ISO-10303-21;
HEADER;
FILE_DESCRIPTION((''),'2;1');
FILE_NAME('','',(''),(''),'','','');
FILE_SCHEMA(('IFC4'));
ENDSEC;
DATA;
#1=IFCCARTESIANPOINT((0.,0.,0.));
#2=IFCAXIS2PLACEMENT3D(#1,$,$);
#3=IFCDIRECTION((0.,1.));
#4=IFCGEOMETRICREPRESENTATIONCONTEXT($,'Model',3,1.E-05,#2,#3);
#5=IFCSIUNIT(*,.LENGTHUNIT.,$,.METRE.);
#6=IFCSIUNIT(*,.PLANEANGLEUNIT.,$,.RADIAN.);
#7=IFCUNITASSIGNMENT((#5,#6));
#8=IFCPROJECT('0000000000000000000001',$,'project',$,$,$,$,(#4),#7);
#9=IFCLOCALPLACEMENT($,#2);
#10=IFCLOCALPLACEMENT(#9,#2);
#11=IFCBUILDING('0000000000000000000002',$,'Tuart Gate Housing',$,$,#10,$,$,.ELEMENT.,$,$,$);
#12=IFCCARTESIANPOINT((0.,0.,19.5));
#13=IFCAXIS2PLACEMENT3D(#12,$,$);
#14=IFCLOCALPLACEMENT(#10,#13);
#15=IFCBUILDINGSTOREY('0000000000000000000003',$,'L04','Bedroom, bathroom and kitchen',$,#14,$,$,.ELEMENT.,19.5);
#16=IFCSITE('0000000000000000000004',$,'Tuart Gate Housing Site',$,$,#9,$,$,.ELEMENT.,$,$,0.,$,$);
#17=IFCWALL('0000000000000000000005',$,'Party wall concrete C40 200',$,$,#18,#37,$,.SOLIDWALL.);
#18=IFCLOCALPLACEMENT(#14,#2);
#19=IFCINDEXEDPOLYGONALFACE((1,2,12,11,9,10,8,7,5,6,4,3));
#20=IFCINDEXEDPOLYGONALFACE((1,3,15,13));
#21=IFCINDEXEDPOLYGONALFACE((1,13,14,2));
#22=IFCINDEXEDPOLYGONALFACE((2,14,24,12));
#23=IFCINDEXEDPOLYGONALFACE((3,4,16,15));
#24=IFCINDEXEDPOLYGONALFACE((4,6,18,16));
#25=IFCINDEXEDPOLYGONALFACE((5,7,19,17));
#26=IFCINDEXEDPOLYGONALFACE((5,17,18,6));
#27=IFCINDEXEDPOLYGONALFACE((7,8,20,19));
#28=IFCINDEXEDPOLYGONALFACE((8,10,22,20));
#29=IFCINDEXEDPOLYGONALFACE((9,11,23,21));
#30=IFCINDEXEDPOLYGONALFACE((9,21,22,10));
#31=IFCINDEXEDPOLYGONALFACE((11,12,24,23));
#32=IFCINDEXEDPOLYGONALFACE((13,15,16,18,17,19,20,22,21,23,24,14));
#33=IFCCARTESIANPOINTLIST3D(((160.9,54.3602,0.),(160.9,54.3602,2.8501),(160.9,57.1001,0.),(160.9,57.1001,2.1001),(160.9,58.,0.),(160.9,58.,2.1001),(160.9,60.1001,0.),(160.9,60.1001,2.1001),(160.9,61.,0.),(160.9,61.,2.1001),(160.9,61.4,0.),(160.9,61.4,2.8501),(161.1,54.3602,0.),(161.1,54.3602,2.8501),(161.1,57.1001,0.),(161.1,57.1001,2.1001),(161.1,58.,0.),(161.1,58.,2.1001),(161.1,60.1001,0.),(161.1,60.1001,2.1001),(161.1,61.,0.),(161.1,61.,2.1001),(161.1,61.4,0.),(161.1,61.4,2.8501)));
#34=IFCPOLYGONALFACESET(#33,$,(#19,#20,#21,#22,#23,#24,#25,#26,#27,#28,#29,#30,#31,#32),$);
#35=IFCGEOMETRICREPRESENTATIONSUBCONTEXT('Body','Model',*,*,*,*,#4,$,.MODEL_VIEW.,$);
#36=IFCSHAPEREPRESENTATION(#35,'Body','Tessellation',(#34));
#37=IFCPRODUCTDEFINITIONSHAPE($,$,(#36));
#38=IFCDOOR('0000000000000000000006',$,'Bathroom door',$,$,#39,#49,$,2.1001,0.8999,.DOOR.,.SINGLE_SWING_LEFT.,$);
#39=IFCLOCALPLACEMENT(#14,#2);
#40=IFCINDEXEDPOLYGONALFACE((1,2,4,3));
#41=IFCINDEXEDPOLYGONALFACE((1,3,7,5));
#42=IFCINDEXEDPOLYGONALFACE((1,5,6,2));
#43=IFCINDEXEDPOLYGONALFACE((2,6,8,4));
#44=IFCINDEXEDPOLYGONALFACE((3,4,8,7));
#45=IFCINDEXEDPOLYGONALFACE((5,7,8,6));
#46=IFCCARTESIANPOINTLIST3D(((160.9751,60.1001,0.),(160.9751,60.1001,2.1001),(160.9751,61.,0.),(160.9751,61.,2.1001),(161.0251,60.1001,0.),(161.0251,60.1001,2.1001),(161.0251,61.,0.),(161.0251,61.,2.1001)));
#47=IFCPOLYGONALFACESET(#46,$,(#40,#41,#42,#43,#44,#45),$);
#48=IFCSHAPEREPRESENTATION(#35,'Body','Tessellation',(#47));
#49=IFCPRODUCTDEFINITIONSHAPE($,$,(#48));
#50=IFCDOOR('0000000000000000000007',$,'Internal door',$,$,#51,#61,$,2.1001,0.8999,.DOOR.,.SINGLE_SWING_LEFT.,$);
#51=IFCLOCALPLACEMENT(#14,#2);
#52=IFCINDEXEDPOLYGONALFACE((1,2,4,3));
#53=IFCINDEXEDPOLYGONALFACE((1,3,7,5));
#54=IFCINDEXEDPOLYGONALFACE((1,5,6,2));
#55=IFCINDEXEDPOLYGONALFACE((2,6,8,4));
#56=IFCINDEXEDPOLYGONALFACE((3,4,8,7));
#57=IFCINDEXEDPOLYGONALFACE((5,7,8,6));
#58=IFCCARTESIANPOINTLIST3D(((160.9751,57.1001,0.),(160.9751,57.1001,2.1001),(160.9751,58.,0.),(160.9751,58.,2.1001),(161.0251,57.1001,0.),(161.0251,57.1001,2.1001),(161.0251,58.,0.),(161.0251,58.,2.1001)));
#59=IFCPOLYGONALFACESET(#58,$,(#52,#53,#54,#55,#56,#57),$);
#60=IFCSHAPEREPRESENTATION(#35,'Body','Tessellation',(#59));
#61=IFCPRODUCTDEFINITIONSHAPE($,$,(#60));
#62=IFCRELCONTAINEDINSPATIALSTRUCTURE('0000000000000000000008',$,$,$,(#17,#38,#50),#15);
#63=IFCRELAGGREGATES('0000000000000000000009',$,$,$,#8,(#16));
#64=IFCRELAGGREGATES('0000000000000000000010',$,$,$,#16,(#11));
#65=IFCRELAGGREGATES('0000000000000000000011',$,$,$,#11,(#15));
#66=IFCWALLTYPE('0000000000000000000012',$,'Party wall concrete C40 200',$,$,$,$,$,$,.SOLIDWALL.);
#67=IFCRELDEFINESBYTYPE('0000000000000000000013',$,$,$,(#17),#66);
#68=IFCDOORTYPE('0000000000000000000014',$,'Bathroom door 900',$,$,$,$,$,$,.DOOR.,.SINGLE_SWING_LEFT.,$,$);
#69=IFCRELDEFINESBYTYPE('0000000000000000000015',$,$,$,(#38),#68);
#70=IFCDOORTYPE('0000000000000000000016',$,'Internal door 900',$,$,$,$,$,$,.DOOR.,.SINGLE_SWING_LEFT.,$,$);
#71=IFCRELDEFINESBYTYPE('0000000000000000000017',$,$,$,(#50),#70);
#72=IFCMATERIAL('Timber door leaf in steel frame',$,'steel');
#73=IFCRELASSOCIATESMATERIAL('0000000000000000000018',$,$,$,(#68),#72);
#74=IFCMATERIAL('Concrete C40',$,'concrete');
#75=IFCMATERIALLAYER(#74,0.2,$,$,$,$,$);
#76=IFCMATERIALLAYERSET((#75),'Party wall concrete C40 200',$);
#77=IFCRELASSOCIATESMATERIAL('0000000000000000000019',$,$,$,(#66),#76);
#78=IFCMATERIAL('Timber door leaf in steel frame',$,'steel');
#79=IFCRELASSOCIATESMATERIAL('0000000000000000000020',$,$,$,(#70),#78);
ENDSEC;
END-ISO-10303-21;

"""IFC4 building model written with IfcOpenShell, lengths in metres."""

from ifc_helpers import new_model, si_unit, direction, frame, frame_2d, origin, place, context, subcontext, project, spatial, rectangle, extrude, material, layer, layer_set, type_object, element, fill, save


model = new_model("IFC4")

# Units and contexts
model_context = context("Model", 3, precision=1e-05, world=origin(), true_north=direction((0.0, 1.0)))
body_context = subcontext(model_context, "Body", "Model", "MODEL_VIEW")
ifc_project = project(units=[si_unit("LENGTHUNIT", "METRE"), si_unit("PLANEANGLEUNIT", "RADIAN")], contexts=[model_context])

# Site, building, storey
site_placement = place(None, origin())
site = spatial("IfcSite", under=ifc_project, at=site_placement, Name="Tuart Gate Housing Site", CompositionType="ELEMENT", RefElevation=0.0)
building_placement = place(site_placement, origin())
building = spatial("IfcBuilding", under=site, at=building_placement, Name="Tuart Gate Housing", CompositionType="ELEMENT")
storey_placement = place(building_placement, frame((0.0, 0.0, 19.5)))
storey = spatial("IfcBuildingStorey", under=building, at=storey_placement, Name="L04", Description="Bedroom, bathroom and kitchen", CompositionType="ELEMENT", Elevation=19.5)

# Shared definitions
ifc_material_1 = material(Name="Timber door leaf in steel frame", Category="steel")
door_type_1 = type_object("IfcDoorType", Name="Bathroom door 900", OperationType="SINGLE_SWING_LEFT", PredefinedType="DOOR", material=ifc_material_1)

# Shared definitions
ifc_material_2 = material(Name="Concrete C40", Category="concrete")
ifc_layer_1 = layer(ifc_material_2, 0.2)
ifc_layer_set_1 = layer_set([ifc_layer_1], Name="Party wall concrete C40 200")
wall_type_1 = type_object("IfcWallType", Name="Party wall concrete C40 200", PredefinedType="SOLIDWALL", material=ifc_layer_set_1)

# Wall, openings, doors
wall_1_placement = place(storey_placement, frame((161.0, 54.3601, 0.0), z_axis=(0.0, 0.0, 1.0), x_axis=(0.0, 1.0, 0.0)))
wall_1 = element("IfcWall", 1, at=wall_1_placement, inside=storey, type_object=wall_type_1, Name="Party wall concrete C40 200", PredefinedType="SOLIDWALL", context=body_context, shape_type="SweptSolid", body=[
    extrude(rectangle(XDim=7.0398, YDim=0.2, at=frame_2d((3.52, 0.0))), origin(), (0.0, 0.0, 1.0), 2.8501),
])
opening_1_placement = place(wall_1_placement, frame((2.74, 0.0, 0.0)))
opening_1 = element("IfcOpeningElement", 2, at=opening_1_placement, cuts=wall_1, PredefinedType="OPENING", context=body_context, shape_type="SweptSolid", body=[
    extrude(rectangle(XDim=0.8999, YDim=2.1001, at=frame_2d((0.45, 1.05))), frame((0.0, 0.1099, 0.0), z_axis=(0.0, -1.0, 0.0), x_axis=(1.0, 0.0, 0.0)), (0.0, 0.0, 1.0), 0.22),
])
opening_2_placement = place(wall_1_placement, frame((5.74, 0.0, 0.0)))
opening_2 = element("IfcOpeningElement", 3, at=opening_2_placement, cuts=wall_1, PredefinedType="OPENING", context=body_context, shape_type="SweptSolid", body=[
    extrude(rectangle(XDim=0.8999, YDim=2.1001, at=frame_2d((0.45, 1.05))), frame((0.0, 0.1099, 0.0), z_axis=(0.0, -1.0, 0.0), x_axis=(1.0, 0.0, 0.0)), (0.0, 0.0, 1.0), 0.22),
])
door_1_placement = place(opening_2_placement, frame((0.8999, 0.0, 0.0), z_axis=(0.0, 0.0, 1.0), x_axis=(-1.0, 0.0, 0.0)))
door_1 = element("IfcDoor", 4, at=door_1_placement, inside=storey, type_object=door_type_1, Name="Bathroom door", OperationType="SINGLE_SWING_LEFT", OverallHeight=2.1001, OverallWidth=0.8999, PredefinedType="DOOR", context=body_context, shape_type="SweptSolid", body=[
    extrude(rectangle(XDim=0.8999, YDim=2.1001, at=frame_2d((0.45, 1.05))), frame((0.0, 0.0251, 0.0), z_axis=(0.0, -1.0, 0.0), x_axis=(1.0, 0.0, 0.0)), (0.0, 0.0, 1.0), 0.05),
])
fill(opening_2, door_1)
ifc_material_3 = material(Name="Timber door leaf in steel frame", Category="steel")
door_type_2 = type_object("IfcDoorType", Name="Internal door 900", OperationType="SINGLE_SWING_LEFT", PredefinedType="DOOR", material=ifc_material_3)
door_2_placement = place(opening_1_placement, frame((0.8999, 0.0, 0.0), z_axis=(0.0, 0.0, 1.0), x_axis=(-1.0, 0.0, 0.0)))
door_2 = element("IfcDoor", 5, at=door_2_placement, inside=storey, type_object=door_type_2, Name="Internal door", OperationType="SINGLE_SWING_LEFT", OverallHeight=2.1001, OverallWidth=0.8999, PredefinedType="DOOR", context=body_context, shape_type="SweptSolid", body=[
    extrude(rectangle(XDim=0.8999, YDim=2.1001, at=frame_2d((0.45, 1.05))), frame((0.0, 0.0251, 0.0), z_axis=(0.0, -1.0, 0.0), x_axis=(1.0, 0.0, 0.0)), (0.0, 0.0, 1.0), 0.05),
])
fill(opening_1, door_2)

save(model, "model.ifc")
